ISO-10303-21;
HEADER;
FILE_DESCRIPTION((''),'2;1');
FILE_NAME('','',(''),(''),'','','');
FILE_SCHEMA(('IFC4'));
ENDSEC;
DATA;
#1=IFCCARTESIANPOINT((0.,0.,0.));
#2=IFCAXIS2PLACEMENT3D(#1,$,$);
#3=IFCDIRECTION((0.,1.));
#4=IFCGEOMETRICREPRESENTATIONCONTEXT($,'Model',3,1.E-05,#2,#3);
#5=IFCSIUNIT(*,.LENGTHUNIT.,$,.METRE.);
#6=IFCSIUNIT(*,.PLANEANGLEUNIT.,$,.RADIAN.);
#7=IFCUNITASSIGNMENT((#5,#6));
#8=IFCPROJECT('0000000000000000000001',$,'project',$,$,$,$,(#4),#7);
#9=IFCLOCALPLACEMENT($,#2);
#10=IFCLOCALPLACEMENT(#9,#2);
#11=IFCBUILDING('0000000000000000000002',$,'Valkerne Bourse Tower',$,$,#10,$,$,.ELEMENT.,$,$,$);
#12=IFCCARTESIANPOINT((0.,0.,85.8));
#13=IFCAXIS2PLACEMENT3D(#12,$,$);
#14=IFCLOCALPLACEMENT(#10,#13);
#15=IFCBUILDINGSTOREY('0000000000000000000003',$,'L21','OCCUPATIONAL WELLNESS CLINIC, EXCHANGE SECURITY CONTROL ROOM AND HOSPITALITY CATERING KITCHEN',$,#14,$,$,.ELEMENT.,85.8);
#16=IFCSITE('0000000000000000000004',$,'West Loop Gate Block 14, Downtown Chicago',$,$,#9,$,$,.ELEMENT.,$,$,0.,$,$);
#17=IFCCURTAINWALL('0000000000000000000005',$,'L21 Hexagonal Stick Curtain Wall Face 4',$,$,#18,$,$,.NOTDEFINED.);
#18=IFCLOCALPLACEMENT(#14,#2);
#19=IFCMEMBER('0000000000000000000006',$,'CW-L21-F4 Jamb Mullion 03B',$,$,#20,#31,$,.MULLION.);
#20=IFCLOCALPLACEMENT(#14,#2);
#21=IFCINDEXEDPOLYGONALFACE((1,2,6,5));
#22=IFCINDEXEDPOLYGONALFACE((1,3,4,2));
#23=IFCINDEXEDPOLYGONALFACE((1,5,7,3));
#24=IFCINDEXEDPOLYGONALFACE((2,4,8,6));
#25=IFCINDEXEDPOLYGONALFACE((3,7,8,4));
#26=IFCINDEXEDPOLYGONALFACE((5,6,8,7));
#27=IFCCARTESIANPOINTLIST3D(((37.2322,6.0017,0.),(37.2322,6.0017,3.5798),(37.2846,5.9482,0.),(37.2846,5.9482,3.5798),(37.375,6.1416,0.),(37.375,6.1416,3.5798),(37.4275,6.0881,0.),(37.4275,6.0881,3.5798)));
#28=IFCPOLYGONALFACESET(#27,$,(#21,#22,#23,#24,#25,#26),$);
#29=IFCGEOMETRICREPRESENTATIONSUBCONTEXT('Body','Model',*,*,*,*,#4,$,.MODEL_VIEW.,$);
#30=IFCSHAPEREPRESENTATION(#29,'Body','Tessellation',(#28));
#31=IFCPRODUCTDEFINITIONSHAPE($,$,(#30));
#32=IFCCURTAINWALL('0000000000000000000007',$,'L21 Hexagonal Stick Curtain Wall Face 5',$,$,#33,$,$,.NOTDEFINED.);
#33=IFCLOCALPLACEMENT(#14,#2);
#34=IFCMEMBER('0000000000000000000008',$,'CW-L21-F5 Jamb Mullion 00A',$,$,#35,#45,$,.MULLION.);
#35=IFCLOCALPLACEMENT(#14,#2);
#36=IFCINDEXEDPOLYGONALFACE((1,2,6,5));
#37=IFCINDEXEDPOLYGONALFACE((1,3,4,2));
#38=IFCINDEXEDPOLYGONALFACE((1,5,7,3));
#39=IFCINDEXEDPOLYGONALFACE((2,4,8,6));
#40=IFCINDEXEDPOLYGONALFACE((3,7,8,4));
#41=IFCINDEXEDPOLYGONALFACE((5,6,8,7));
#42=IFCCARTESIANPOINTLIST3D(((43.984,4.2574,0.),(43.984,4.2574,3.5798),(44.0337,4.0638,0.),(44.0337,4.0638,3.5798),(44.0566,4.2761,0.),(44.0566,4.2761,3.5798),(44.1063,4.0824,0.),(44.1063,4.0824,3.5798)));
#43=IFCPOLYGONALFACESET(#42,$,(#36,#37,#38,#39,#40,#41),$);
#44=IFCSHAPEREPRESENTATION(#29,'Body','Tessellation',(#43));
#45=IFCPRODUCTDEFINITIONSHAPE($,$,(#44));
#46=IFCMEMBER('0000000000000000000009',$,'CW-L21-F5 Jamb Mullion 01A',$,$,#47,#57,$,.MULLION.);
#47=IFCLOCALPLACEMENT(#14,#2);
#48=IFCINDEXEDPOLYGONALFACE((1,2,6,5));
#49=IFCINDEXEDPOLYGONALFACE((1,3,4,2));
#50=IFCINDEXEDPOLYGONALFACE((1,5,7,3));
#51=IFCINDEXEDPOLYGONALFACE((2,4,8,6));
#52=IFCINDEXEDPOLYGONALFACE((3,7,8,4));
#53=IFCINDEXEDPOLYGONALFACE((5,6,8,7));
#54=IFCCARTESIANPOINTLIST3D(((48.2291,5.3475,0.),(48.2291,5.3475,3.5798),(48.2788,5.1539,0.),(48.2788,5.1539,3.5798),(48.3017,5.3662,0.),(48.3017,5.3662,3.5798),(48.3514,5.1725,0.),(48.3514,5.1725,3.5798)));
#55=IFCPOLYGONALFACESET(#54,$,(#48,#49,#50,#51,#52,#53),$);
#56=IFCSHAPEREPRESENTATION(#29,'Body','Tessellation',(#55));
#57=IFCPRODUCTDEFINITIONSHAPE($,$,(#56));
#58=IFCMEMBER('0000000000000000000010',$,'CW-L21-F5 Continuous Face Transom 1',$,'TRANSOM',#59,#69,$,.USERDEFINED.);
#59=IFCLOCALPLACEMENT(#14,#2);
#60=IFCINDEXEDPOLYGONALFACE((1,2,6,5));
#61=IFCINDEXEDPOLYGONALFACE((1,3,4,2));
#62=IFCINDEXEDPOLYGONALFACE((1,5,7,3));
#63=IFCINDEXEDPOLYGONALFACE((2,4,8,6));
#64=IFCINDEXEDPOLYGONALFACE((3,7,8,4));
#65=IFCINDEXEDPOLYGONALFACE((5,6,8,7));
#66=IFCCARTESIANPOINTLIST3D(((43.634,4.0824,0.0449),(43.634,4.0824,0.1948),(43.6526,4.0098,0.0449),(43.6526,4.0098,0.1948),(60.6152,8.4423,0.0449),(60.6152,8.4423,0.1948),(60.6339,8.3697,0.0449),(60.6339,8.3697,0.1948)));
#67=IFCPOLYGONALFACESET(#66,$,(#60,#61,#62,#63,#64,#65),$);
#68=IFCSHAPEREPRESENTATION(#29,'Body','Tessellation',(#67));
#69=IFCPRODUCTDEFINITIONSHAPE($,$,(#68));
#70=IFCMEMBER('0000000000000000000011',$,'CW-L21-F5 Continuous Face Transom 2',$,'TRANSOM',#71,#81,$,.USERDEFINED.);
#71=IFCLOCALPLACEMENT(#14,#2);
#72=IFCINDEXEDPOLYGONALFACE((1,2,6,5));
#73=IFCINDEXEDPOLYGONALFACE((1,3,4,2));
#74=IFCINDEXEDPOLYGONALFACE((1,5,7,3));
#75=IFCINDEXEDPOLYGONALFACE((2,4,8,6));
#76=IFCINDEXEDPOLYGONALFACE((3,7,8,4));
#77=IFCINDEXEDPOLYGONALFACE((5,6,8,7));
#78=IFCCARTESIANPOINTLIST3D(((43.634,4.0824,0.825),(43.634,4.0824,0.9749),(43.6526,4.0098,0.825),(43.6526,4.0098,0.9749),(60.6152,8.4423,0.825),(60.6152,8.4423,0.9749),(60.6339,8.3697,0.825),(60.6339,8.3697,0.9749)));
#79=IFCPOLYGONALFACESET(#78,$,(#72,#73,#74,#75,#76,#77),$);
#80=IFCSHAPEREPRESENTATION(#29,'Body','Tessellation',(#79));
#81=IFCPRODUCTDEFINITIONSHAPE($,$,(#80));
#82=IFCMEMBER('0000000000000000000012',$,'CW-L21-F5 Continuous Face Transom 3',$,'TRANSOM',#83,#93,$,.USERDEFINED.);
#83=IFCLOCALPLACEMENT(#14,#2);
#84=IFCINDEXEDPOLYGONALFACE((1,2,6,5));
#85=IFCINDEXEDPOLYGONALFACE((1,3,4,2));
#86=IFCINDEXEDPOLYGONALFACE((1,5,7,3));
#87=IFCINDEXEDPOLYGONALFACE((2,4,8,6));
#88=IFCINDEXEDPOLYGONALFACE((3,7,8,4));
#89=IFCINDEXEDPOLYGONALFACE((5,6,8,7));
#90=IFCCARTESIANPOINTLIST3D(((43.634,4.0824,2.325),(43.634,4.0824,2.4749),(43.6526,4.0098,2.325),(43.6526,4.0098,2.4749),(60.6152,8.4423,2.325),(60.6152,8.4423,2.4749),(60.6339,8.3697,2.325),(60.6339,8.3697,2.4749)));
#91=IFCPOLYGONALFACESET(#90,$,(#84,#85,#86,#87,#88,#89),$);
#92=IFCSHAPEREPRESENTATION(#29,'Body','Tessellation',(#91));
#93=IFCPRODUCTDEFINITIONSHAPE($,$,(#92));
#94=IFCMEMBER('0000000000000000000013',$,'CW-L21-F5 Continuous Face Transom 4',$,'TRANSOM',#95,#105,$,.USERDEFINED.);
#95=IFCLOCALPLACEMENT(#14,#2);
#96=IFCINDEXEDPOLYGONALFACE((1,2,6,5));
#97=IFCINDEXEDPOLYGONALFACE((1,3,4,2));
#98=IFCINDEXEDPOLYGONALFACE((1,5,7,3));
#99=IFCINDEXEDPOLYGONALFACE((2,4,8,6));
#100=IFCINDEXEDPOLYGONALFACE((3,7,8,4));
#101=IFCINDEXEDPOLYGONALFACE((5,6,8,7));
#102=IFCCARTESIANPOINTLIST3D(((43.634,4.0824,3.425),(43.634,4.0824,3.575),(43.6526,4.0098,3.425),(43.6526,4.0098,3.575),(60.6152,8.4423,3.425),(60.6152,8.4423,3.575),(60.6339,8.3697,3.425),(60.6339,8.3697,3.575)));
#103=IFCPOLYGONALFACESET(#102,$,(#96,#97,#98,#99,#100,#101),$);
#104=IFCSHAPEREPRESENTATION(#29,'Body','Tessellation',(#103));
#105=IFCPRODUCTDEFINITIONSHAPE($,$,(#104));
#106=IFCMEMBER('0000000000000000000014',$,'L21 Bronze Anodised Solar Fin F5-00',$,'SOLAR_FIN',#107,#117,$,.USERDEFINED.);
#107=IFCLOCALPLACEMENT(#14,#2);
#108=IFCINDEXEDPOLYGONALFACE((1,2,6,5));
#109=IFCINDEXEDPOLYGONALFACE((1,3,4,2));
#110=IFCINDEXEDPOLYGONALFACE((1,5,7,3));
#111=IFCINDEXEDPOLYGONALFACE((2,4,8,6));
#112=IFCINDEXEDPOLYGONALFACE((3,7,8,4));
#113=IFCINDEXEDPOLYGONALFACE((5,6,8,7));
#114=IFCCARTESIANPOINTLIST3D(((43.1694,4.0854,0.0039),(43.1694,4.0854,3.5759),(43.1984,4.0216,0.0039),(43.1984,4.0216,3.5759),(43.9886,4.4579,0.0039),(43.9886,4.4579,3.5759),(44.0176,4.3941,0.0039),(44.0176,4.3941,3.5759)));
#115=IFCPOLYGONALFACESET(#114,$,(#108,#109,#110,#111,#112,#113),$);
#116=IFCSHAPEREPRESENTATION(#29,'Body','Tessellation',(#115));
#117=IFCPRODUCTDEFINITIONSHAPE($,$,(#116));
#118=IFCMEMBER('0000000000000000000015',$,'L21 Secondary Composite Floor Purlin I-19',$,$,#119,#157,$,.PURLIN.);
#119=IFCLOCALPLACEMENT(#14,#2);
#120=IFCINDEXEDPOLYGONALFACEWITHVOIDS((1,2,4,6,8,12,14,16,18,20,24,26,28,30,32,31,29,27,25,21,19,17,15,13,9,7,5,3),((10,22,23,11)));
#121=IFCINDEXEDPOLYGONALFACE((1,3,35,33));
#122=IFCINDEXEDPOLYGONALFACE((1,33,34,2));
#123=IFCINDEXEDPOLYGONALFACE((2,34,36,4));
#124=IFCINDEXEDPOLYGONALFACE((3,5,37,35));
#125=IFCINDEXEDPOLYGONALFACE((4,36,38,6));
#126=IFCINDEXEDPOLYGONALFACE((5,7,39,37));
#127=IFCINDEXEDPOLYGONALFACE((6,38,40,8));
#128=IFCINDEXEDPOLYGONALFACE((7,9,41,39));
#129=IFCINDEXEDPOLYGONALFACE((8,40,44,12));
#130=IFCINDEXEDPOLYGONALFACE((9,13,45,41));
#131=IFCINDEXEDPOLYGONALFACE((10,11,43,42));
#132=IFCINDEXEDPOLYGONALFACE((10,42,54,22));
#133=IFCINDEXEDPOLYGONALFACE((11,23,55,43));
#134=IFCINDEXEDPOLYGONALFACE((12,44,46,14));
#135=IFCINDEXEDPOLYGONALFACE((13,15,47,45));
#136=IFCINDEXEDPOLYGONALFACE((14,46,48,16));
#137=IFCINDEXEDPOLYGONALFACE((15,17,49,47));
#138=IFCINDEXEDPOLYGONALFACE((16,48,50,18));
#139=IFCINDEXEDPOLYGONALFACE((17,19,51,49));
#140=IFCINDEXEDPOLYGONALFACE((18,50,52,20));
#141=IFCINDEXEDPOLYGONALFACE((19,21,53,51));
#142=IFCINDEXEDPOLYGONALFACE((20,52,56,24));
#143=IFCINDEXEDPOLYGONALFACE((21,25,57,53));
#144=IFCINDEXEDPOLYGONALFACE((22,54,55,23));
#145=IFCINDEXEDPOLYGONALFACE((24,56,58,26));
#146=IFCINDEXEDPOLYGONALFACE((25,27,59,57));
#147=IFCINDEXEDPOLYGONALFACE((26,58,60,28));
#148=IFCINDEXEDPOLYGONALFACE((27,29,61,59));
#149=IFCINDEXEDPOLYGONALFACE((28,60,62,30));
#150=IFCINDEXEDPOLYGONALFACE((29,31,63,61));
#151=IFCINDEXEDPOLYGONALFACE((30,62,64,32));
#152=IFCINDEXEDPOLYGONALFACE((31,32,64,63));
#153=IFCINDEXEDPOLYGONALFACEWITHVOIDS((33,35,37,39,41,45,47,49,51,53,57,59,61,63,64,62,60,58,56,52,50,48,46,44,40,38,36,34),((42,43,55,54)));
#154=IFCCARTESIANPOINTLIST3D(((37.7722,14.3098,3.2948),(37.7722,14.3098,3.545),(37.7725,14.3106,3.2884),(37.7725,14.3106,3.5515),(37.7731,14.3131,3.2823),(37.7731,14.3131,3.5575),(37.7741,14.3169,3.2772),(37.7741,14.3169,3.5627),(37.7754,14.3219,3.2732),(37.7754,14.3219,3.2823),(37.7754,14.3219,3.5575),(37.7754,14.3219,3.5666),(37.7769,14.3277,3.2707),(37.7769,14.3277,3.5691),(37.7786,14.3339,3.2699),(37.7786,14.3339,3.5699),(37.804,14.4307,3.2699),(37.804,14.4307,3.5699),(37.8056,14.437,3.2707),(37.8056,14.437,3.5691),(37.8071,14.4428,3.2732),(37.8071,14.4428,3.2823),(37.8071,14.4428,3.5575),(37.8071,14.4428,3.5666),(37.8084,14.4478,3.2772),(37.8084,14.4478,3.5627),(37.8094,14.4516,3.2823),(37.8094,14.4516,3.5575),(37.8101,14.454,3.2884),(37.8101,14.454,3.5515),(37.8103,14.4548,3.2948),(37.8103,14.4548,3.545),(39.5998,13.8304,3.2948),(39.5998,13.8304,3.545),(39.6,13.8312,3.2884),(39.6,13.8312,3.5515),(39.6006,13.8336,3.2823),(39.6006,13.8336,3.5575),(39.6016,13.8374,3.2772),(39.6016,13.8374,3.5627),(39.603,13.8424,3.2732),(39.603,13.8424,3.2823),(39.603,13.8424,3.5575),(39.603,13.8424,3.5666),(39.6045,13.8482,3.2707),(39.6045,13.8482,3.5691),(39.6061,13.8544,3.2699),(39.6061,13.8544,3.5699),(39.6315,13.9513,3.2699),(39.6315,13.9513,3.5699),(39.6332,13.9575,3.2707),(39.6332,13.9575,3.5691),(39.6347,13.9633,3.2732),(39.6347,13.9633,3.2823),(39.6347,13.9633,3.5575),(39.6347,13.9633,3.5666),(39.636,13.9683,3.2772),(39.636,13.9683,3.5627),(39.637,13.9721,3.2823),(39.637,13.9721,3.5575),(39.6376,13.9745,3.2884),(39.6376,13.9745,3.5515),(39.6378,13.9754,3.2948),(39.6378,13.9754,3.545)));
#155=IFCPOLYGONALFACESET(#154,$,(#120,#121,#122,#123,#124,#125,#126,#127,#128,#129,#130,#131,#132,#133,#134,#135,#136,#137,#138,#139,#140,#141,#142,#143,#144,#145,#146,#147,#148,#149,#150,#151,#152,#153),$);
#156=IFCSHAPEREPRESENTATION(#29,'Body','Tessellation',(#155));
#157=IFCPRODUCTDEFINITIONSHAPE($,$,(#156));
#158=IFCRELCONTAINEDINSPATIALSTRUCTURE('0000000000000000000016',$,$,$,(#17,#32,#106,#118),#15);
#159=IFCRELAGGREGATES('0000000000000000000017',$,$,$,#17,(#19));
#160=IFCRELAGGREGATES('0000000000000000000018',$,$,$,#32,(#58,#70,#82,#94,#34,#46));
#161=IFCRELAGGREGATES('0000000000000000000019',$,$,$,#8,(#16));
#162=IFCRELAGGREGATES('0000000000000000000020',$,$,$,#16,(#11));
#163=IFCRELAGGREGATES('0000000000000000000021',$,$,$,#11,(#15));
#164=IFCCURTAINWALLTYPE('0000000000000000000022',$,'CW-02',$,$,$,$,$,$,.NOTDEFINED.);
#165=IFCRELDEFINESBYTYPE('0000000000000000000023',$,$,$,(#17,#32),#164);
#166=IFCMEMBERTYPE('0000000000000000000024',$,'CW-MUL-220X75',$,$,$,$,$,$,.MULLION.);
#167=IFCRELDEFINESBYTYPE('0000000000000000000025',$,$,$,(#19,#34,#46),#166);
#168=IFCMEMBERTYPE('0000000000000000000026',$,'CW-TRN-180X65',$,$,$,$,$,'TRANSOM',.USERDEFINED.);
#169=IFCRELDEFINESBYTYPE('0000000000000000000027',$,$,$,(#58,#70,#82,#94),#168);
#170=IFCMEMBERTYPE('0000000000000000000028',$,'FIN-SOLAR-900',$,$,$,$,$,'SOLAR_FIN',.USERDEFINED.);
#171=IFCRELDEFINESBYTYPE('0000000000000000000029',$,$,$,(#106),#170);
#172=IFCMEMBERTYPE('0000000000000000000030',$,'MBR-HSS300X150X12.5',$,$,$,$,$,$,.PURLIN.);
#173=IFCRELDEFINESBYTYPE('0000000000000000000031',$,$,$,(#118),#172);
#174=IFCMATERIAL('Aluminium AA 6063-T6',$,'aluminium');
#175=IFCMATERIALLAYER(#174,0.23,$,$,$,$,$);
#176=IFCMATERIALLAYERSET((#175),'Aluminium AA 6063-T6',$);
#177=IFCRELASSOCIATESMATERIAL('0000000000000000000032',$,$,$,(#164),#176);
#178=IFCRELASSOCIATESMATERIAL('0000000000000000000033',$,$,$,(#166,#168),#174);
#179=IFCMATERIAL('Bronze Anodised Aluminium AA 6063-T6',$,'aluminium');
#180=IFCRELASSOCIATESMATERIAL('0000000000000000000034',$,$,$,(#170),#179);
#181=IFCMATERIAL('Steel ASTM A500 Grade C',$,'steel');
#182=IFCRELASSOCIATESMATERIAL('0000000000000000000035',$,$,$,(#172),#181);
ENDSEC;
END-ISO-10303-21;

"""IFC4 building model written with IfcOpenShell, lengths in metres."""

from ifc_helpers import new_model, si_unit, direction, frame, origin, origin_2d, place, context, subcontext, project, spatial, rectangle, hollow_rectangle, extrude, material, layer, layer_set, material_profile, profile_set, type_object, element, aggregate, save


model = new_model("IFC4")

# Units and contexts
model_context = context("Model", 3, precision=1e-05, world=origin(), true_north=direction((0.0, 1.0)))
body_context = subcontext(model_context, "Body", "Model", "MODEL_VIEW")
ifc_project = project(units=[si_unit("LENGTHUNIT", "METRE"), si_unit("PLANEANGLEUNIT", "RADIAN")], contexts=[model_context])

# Site, building, storey
site_placement = place(None, origin())
site = spatial("IfcSite", under=ifc_project, at=site_placement, Name="West Loop Gate Block 14, Downtown Chicago", CompositionType="ELEMENT", RefElevation=0.0)
building_placement = place(site_placement, origin())
building = spatial("IfcBuilding", under=site, at=building_placement, Name="Valkerne Bourse Tower", CompositionType="ELEMENT")
storey_placement = place(building_placement, frame((0.0, 0.0, 85.8)))
storey = spatial("IfcBuildingStorey", under=building, at=storey_placement, Name="L21", Description="OCCUPATIONAL WELLNESS CLINIC, EXCHANGE SECURITY CONTROL ROOM AND HOSPITALITY CATERING KITCHEN", CompositionType="ELEMENT", Elevation=85.8)

# Curtain wall, member
ifc_material_1 = material(Name="Aluminium AA 6063-T6", Category="aluminium")
ifc_layer_1 = layer(ifc_material_1, 0.23)
ifc_layer_set_1 = layer_set([ifc_layer_1], Name="Aluminium AA 6063-T6")
curtain_wall_type = type_object("IfcCurtainWallType", Name="CW-02", PredefinedType="NOTDEFINED", material=ifc_layer_set_1)
curtain_wall_1_placement = place(storey_placement, origin())
curtain_wall_1 = element("IfcCurtainWall", 1, at=curtain_wall_1_placement, inside=storey, type_object=curtain_wall_type, Name="L21 Hexagonal Stick Curtain Wall Face 4", PredefinedType="NOTDEFINED")
ifc_material_profile_1 = material_profile(ifc_material_1, rectangle(XDim=0.075, YDim=0.2, at=origin_2d()), Name="CWM-75X200")
ifc_profile_set_1 = profile_set([ifc_material_profile_1], Name="Aluminium AA 6063-T6")
member_type_1 = type_object("IfcMemberType", Name="CW-MUL-220X75", PredefinedType="MULLION", material=ifc_profile_set_1)
member_1_placement = place(storey_placement, frame((37.3298, 6.0449, 0.0), z_axis=(0.0, 0.0, 1.0), x_axis=(0.699665, -0.714471, 0.0)))
member_1 = element("IfcMember", 2, at=member_1_placement, type_object=member_type_1, Name="CW-L21-F4 Jamb Mullion 03B", PredefinedType="MULLION", context=body_context, shape_type="SweptSolid", body=[
    extrude(rectangle(XDim=0.075, YDim=0.2, at=origin_2d()), origin(), (0.0, 0.0, 1.0), 3.5798),
])
aggregate(curtain_wall_1, [member_1])

# Curtain wall, members
curtain_wall_2_placement = place(storey_placement, origin())
curtain_wall_2 = element("IfcCurtainWall", 3, at=curtain_wall_2_placement, inside=storey, type_object=curtain_wall_type, Name="L21 Hexagonal Stick Curtain Wall Face 5", PredefinedType="NOTDEFINED")
member_2_placement = place(storey_placement, frame((44.0452, 4.1699, 0.0), z_axis=(0.0, 0.0, 1.0), x_axis=(0.968584, 0.248688, 0.0)))
member_2 = element("IfcMember", 4, at=member_2_placement, type_object=member_type_1, Name="CW-L21-F5 Jamb Mullion 00A", PredefinedType="MULLION", context=body_context, shape_type="SweptSolid", body=[
    extrude(rectangle(XDim=0.075, YDim=0.2, at=origin_2d()), origin(), (0.0, 0.0, 1.0), 3.5798),
])
member_3_placement = place(storey_placement, frame((48.2903, 5.26, 0.0), z_axis=(0.0, 0.0, 1.0), x_axis=(0.968584, 0.248688, 0.0)))
member_3 = element("IfcMember", 5, at=member_3_placement, type_object=member_type_1, Name="CW-L21-F5 Jamb Mullion 01A", PredefinedType="MULLION", context=body_context, shape_type="SweptSolid", body=[
    extrude(rectangle(XDim=0.075, YDim=0.2, at=origin_2d()), origin(), (0.0, 0.0, 1.0), 3.5798),
])
ifc_material_profile_2 = material_profile(ifc_material_1, rectangle(XDim=0.075, YDim=0.1499, at=origin_2d()), Name="CWT-75X150")
ifc_profile_set_2 = profile_set([ifc_material_profile_2], Name="Aluminium AA 6063-T6")
member_type_2 = type_object("IfcMemberType", Name="CW-TRN-180X65", ElementType="TRANSOM", PredefinedType="USERDEFINED", material=ifc_profile_set_2)
member_4_placement = place(storey_placement, frame((43.6433, 4.0461, 0.1199), z_axis=(0.968585, 0.248681, 0.0), x_axis=(-0.248681, 0.968585, 0.0)))
member_4 = element("IfcMember", 6, at=member_4_placement, type_object=member_type_2, Name="CW-L21-F5 Continuous Face Transom 1", ObjectType="TRANSOM", PredefinedType="USERDEFINED", context=body_context, shape_type="SweptSolid", body=[
    extrude(rectangle(XDim=0.075, YDim=0.1499, at=origin_2d()), origin(), (0.0, 0.0, 1.0), 17.532),
])
member_5_placement = place(storey_placement, frame((43.6433, 4.0461, 0.8999), z_axis=(0.968585, 0.248681, 0.0), x_axis=(-0.248681, 0.968585, 0.0)))
member_5 = element("IfcMember", 7, at=member_5_placement, type_object=member_type_2, Name="CW-L21-F5 Continuous Face Transom 2", ObjectType="TRANSOM", PredefinedType="USERDEFINED", context=body_context, shape_type="SweptSolid", body=[
    extrude(rectangle(XDim=0.075, YDim=0.1499, at=origin_2d()), origin(), (0.0, 0.0, 1.0), 17.532),
])
member_6_placement = place(storey_placement, frame((43.6433, 4.0461, 2.3999), z_axis=(0.968585, 0.248681, 0.0), x_axis=(-0.248681, 0.968585, 0.0)))
member_6 = element("IfcMember", 8, at=member_6_placement, type_object=member_type_2, Name="CW-L21-F5 Continuous Face Transom 3", ObjectType="TRANSOM", PredefinedType="USERDEFINED", context=body_context, shape_type="SweptSolid", body=[
    extrude(rectangle(XDim=0.075, YDim=0.1499, at=origin_2d()), origin(), (0.0, 0.0, 1.0), 17.532),
])
member_7_placement = place(storey_placement, frame((43.6433, 4.0461, 3.5), z_axis=(0.968585, 0.248681, 0.0), x_axis=(-0.248681, 0.968585, 0.0)))
member_7 = element("IfcMember", 9, at=member_7_placement, type_object=member_type_2, Name="CW-L21-F5 Continuous Face Transom 4", ObjectType="TRANSOM", PredefinedType="USERDEFINED", context=body_context, shape_type="SweptSolid", body=[
    extrude(rectangle(XDim=0.075, YDim=0.1499, at=origin_2d()), origin(), (0.0, 0.0, 1.0), 17.532),
])

# Members
ifc_material_2 = material(Name="Bronze Anodised Aluminium AA 6063-T6", Category="aluminium")
ifc_material_profile_3 = material_profile(ifc_material_2, rectangle(XDim=0.0701, YDim=0.8999, at=origin_2d()), Name="FIN-70X900")
ifc_profile_set_3 = profile_set([ifc_material_profile_3], Name="Bronze Anodised Aluminium AA 6063-T6")
member_type_3 = type_object("IfcMemberType", Name="FIN-SOLAR-900", ElementType="SOLAR_FIN", PredefinedType="USERDEFINED", material=ifc_profile_set_3)
member_8_placement = place(storey_placement, frame((43.5935, 4.2397, 0.0039), z_axis=(0.0, 0.0, 1.0), x_axis=(0.413957, -0.910296, 0.0)))
element("IfcMember", 10, at=member_8_placement, inside=storey, type_object=member_type_3, Name="L21 Bronze Anodised Solar Fin F5-00", ObjectType="SOLAR_FIN", PredefinedType="USERDEFINED", context=body_context, shape_type="SweptSolid", body=[
    extrude(rectangle(XDim=0.0701, YDim=0.8999, at=origin_2d()), origin(), (0.0, 0.0, 1.0), 3.572),
])
ifc_material_3 = material(Name="Steel ASTM A500 Grade C", Category="steel")
ifc_material_profile_4 = material_profile(ifc_material_3, hollow_rectangle(XDim=0.1499, YDim=0.3, WallThickness=0.0125, OuterFilletRadius=0.0249, at=origin_2d()), Name="HSS300X150X12.5")
ifc_profile_set_4 = profile_set([ifc_material_profile_4], Name="Steel ASTM A500 Grade C")
member_type_4 = type_object("IfcMemberType", Name="MBR-HSS300X150X12.5", PredefinedType="PURLIN", material=ifc_profile_set_4)
member_9_placement = place(storey_placement, frame((37.7913, 14.3823, 3.4199), z_axis=(0.967265, -0.253768, 0.0), x_axis=(0.253768, 0.967265, 0.0)))
element("IfcMember", 11, at=member_9_placement, inside=storey, type_object=member_type_4, Name="L21 Secondary Composite Floor Purlin I-19", PredefinedType="PURLIN", context=body_context, shape_type="SweptSolid", body=[
    extrude(hollow_rectangle(XDim=0.1499, YDim=0.3, WallThickness=0.0125, OuterFilletRadius=0.0249, at=origin_2d()), origin(), (0.0, 0.0, 1.0), 1.8894),
])

aggregate(curtain_wall_2, [member_4, member_5, member_6, member_7, member_2, member_3])

save(model, "model.ifc")
